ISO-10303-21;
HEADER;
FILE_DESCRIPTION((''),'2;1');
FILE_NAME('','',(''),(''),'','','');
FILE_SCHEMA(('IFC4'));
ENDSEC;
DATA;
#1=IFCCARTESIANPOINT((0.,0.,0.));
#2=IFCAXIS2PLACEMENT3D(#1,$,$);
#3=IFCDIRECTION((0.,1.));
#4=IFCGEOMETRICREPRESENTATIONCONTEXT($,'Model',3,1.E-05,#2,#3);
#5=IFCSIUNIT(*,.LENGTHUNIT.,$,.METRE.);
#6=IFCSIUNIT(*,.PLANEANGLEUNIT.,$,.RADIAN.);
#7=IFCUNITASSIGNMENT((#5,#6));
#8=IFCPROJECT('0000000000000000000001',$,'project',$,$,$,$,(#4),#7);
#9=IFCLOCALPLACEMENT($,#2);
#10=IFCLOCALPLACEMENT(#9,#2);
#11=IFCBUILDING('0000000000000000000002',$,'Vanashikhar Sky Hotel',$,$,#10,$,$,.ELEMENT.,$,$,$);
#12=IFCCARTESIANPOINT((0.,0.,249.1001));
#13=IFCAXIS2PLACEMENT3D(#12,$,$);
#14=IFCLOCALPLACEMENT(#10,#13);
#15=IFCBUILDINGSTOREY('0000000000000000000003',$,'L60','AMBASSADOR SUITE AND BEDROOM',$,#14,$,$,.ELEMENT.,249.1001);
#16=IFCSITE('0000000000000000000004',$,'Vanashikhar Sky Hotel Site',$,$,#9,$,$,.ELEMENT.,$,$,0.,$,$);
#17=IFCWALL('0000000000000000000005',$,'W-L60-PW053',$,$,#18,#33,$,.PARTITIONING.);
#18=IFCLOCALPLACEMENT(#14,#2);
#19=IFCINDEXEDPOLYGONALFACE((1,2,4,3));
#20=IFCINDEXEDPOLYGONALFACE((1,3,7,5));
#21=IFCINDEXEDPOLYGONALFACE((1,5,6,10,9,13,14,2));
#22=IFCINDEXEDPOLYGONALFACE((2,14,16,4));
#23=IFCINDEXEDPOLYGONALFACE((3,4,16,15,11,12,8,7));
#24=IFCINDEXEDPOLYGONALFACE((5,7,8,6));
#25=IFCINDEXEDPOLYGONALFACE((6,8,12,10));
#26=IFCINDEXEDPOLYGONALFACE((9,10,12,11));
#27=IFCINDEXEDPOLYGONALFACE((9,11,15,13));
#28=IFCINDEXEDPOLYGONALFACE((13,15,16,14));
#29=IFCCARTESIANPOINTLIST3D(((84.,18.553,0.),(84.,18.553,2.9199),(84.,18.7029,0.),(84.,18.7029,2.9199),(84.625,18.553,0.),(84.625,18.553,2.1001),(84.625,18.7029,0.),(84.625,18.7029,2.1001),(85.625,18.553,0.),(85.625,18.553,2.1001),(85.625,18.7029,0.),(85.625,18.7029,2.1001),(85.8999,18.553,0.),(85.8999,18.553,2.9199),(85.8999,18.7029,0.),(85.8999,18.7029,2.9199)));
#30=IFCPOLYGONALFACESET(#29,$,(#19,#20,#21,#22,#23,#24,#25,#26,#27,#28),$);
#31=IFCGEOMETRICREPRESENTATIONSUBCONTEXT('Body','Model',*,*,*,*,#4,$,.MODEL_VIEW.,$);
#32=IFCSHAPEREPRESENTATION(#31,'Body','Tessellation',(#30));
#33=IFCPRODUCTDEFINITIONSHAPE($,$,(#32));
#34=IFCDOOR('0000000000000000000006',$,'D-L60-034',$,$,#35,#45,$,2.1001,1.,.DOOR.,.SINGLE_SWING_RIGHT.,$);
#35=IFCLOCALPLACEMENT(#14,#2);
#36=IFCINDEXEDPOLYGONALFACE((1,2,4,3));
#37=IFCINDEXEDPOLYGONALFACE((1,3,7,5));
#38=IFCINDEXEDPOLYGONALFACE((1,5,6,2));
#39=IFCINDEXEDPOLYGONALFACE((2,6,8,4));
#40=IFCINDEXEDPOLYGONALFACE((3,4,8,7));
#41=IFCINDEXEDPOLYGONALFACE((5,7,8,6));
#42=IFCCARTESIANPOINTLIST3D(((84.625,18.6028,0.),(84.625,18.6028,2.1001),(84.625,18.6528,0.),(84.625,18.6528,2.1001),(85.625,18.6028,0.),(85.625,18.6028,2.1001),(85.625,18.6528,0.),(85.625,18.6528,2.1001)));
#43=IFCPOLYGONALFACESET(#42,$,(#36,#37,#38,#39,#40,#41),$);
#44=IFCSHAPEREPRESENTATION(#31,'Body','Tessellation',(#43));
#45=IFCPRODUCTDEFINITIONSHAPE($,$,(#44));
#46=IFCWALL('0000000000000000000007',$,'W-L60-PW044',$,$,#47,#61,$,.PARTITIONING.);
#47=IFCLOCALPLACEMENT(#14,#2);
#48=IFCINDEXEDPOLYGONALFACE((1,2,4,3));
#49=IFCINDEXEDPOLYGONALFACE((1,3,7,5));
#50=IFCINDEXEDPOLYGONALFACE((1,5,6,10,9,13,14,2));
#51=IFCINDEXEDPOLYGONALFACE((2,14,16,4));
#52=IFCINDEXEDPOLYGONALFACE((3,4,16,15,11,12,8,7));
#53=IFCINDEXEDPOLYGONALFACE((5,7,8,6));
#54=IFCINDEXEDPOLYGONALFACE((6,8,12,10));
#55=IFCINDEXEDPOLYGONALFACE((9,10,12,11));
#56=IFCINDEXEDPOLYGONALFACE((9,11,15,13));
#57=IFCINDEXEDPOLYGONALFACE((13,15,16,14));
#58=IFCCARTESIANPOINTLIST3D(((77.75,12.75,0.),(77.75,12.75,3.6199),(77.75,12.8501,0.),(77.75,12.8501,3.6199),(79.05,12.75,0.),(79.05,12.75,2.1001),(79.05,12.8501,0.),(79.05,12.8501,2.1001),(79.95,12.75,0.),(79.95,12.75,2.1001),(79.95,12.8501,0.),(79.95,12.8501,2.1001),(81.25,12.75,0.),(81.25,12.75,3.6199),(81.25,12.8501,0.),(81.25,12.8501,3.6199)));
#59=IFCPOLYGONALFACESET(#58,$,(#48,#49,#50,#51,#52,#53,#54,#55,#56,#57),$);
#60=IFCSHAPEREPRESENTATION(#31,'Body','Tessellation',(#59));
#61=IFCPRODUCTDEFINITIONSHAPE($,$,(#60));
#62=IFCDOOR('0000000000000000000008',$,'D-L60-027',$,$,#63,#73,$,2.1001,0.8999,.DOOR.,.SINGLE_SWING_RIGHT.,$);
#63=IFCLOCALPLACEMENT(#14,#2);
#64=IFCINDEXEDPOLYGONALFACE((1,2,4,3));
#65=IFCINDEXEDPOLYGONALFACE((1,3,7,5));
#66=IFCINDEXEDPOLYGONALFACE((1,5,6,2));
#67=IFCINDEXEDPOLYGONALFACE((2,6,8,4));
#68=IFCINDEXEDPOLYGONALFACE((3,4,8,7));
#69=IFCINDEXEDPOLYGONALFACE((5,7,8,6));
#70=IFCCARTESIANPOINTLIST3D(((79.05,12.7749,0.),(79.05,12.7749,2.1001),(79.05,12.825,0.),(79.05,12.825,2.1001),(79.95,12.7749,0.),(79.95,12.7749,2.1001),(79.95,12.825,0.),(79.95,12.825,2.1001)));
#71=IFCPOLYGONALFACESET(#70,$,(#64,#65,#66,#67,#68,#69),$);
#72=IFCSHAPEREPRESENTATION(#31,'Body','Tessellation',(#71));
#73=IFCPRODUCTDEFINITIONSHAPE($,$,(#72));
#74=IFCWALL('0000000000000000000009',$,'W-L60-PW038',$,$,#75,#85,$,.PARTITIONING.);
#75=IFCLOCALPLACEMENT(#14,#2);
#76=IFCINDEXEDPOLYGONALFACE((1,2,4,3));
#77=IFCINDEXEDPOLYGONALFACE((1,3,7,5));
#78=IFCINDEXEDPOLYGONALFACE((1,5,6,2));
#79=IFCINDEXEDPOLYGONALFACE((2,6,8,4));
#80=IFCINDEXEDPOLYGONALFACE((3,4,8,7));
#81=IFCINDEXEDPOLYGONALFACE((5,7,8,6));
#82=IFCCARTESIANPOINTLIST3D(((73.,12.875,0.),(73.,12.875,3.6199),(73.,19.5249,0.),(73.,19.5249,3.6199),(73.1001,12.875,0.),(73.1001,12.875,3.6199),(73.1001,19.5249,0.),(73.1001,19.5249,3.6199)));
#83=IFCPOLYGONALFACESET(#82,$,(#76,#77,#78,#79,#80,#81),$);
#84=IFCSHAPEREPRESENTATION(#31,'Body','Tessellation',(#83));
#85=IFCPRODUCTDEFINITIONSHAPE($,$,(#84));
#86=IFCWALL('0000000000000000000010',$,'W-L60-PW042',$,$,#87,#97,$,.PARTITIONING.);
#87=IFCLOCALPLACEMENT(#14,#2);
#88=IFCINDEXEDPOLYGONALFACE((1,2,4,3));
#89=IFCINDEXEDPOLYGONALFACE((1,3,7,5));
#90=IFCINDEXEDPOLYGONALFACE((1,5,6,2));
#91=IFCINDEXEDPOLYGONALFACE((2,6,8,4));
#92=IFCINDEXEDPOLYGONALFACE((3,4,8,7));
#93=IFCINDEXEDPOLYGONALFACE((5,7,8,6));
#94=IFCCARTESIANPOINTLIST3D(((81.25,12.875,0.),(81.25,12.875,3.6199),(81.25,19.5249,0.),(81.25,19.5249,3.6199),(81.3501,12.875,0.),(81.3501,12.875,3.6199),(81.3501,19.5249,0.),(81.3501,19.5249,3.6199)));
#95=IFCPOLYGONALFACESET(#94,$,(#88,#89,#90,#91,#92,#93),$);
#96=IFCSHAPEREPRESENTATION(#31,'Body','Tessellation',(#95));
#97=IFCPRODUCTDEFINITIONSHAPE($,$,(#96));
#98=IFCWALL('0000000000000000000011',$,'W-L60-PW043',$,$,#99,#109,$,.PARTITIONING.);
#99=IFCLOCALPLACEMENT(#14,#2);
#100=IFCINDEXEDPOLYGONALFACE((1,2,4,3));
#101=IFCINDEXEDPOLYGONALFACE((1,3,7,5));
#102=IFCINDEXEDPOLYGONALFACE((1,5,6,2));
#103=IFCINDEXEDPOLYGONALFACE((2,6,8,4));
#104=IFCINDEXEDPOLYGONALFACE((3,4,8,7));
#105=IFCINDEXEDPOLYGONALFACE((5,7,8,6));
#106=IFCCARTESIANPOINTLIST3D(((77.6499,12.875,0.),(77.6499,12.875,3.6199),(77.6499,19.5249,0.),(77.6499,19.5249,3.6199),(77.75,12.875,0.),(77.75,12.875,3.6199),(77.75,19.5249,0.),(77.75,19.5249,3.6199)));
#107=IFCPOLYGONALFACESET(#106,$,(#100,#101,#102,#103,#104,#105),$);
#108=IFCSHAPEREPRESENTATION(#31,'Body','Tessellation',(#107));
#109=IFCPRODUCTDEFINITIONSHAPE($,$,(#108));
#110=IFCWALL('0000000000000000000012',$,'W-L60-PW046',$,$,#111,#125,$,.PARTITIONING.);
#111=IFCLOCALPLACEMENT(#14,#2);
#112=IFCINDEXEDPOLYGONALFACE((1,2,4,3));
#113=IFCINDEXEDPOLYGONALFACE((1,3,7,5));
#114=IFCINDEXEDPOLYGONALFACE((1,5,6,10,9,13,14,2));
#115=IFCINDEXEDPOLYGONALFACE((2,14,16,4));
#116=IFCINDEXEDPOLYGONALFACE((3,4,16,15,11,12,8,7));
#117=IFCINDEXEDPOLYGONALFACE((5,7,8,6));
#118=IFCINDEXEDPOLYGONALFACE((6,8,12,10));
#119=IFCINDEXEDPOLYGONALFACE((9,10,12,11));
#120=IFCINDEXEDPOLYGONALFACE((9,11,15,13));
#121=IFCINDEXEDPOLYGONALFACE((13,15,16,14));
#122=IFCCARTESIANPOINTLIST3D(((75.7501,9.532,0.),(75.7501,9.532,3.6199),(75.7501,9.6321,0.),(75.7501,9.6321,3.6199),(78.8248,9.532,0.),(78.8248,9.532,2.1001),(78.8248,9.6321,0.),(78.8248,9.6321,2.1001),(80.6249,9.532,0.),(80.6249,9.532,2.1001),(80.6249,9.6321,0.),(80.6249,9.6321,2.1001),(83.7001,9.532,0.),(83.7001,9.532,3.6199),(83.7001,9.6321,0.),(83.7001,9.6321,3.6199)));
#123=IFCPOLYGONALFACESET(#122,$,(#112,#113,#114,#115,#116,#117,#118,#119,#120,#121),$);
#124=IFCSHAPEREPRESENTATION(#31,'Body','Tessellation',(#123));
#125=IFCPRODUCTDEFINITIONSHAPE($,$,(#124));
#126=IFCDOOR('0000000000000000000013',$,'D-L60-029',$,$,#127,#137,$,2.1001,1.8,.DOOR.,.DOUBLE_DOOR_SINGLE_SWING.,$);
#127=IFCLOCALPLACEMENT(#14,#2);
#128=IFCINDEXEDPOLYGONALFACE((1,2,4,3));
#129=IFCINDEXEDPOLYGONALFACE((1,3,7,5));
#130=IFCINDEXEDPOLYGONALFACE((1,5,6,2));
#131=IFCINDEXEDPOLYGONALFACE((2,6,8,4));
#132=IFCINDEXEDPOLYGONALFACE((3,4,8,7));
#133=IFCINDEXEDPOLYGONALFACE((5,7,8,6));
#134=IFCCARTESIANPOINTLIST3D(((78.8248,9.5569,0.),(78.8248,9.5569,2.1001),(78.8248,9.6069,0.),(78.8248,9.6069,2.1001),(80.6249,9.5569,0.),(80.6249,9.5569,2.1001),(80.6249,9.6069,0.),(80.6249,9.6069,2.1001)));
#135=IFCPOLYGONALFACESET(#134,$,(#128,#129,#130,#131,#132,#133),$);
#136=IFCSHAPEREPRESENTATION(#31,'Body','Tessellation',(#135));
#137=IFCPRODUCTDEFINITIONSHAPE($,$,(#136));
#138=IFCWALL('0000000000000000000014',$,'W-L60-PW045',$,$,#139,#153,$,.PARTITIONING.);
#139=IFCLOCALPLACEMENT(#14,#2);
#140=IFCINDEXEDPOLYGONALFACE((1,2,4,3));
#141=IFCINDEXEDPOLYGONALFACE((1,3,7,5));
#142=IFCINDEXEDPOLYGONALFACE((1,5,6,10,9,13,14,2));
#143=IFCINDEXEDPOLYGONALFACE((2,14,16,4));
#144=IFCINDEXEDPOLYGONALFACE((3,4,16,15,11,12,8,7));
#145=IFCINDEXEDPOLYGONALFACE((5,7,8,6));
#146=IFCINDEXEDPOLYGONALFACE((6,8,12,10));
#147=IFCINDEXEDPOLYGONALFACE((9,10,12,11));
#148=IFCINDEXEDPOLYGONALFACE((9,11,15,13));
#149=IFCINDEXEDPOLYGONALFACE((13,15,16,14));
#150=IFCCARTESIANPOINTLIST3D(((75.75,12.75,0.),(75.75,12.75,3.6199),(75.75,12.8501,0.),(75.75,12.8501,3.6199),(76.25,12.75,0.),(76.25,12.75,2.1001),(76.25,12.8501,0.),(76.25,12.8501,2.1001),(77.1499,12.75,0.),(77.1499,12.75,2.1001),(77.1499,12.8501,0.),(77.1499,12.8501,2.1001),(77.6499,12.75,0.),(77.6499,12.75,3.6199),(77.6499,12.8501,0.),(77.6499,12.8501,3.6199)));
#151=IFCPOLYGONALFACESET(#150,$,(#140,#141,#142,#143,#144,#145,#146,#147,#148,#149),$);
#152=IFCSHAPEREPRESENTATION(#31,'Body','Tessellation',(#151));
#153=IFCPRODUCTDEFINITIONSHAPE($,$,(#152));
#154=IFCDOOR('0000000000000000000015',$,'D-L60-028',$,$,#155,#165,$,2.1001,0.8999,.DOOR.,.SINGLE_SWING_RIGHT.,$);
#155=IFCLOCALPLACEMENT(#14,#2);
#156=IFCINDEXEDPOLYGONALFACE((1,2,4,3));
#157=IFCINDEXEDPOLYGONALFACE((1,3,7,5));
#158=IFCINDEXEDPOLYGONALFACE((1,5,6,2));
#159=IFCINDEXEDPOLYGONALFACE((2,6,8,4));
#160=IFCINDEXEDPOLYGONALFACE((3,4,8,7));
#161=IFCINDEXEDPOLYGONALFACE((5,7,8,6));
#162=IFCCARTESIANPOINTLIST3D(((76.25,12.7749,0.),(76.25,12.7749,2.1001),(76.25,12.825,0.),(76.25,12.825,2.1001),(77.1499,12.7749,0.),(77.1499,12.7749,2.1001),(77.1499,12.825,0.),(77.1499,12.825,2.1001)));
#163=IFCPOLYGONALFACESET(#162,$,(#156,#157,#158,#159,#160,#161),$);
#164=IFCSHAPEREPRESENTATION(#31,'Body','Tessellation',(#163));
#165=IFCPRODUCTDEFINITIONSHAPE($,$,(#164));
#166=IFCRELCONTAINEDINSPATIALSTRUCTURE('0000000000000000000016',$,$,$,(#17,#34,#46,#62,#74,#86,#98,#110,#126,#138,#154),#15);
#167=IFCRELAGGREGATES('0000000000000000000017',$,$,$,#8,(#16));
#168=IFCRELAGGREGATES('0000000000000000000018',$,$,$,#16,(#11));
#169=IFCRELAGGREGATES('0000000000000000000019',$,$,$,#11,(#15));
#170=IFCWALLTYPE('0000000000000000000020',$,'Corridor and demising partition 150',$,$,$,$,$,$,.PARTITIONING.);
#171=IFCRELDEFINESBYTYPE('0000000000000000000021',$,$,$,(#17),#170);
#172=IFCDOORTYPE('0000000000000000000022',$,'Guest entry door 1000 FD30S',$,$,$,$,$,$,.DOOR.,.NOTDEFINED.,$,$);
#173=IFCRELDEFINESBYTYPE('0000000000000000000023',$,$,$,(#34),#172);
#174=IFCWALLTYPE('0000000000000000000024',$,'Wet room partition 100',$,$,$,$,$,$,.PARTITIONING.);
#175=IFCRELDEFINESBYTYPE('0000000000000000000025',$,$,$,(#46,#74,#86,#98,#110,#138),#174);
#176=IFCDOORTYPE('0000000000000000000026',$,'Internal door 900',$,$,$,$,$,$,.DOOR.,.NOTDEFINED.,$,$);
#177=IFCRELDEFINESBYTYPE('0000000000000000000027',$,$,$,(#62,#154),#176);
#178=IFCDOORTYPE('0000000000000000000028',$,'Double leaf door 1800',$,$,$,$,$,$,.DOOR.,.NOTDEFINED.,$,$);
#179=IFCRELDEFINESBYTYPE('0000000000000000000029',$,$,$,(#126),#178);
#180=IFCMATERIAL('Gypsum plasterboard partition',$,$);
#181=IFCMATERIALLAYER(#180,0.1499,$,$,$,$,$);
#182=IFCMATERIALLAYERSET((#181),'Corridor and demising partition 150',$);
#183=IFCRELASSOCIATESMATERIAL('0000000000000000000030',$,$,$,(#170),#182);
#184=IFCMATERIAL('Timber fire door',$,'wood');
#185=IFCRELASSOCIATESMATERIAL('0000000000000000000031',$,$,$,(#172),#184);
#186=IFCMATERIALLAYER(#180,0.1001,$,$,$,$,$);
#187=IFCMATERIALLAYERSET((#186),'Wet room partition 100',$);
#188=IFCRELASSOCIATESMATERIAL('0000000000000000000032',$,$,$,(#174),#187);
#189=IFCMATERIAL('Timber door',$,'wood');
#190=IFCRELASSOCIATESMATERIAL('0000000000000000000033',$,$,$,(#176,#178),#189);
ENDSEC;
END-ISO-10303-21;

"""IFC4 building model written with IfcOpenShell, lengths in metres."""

from ifc_helpers import new_model, si_unit, direction, frame, frame_2d, origin, place, context, subcontext, project, spatial, rectangle, extrude, source, transform, mapped, material, layer, layer_set, type_object, element, fill, save


model = new_model("IFC4")

# Units and contexts
model_context = context("Model", 3, precision=1e-05, world=origin(), true_north=direction((0.0, 1.0)))
body_context = subcontext(model_context, "Body", "Model", "MODEL_VIEW")
ifc_project = project(units=[si_unit("LENGTHUNIT", "METRE"), si_unit("PLANEANGLEUNIT", "RADIAN")], contexts=[model_context])

# Site, building, storey
site_placement = place(None, origin())
site = spatial("IfcSite", under=ifc_project, at=site_placement, Name="Vanashikhar Sky Hotel Site", CompositionType="ELEMENT", RefElevation=0.0)
building_placement = place(site_placement, origin())
building = spatial("IfcBuilding", under=site, at=building_placement, Name="Vanashikhar Sky Hotel", CompositionType="ELEMENT")
storey_placement = place(building_placement, frame((0.0, 0.0, 249.1001)))
storey = spatial("IfcBuildingStorey", under=building, at=storey_placement, Name="L60", Description="AMBASSADOR SUITE AND BEDROOM", CompositionType="ELEMENT", Elevation=249.1001)

# Walls, openings, doors
ifc_material_1 = material(Name="Gypsum plasterboard partition")
ifc_layer_1 = layer(ifc_material_1, 0.1499)
ifc_layer_set_1 = layer_set([ifc_layer_1], Name="Corridor and demising partition 150")
wall_type_1 = type_object("IfcWallType", Name="Corridor and demising partition 150", PredefinedType="PARTITIONING", material=ifc_layer_set_1)
shared_shape_1 = source(origin(), body_context, "Body", "SweptSolid", [
    extrude(rectangle(XDim=1.8999, YDim=0.1499, at=frame_2d((0.95, 0.0))), origin(), (0.0, 0.0, 1.0), 2.9199),
])
wall_1_placement = place(storey_placement, frame((84.0, 18.6279, 0.0), z_axis=(0.0, 0.0, 1.0), x_axis=(1.0, 0.0, 0.0)))
wall_1 = element("IfcWall", 1, at=wall_1_placement, inside=storey, type_object=wall_type_1, Name="W-L60-PW053", PredefinedType="PARTITIONING", context=body_context, shape_type="MappedRepresentation", body=[
    mapped(shared_shape_1, transform((0.0, 0.0, 0.0), scale=1.0)),
])
shared_shape_2 = source(origin(), body_context, "Body", "SweptSolid", [
    extrude(rectangle(XDim=1.0, YDim=2.1001, at=frame_2d((0.5, 1.05))), frame((0.0, 0.085, 0.0), z_axis=(0.0, -1.0, 0.0), x_axis=(1.0, 0.0, 0.0)), (0.0, 0.0, 1.0), 0.1699),
])
opening_1_placement = place(wall_1_placement, frame((0.625, 0.0, 0.0)))
opening_1 = element("IfcOpeningElement", 2, at=opening_1_placement, cuts=wall_1, PredefinedType="OPENING", context=body_context, shape_type="MappedRepresentation", body=[
    mapped(shared_shape_2, transform((0.0, 0.0, 0.0), scale=1.0)),
])
ifc_material_2 = material(Name="Timber fire door", Category="wood")
door_type_1 = type_object("IfcDoorType", Name="Guest entry door 1000 FD30S", OperationType="NOTDEFINED", PredefinedType="DOOR", material=ifc_material_2)
shared_shape_3 = source(origin(), body_context, "Body", "SweptSolid", [
    extrude(rectangle(XDim=1.0, YDim=2.1001, at=frame_2d((0.5, 1.05))), frame((0.0, 0.0249, 0.0), z_axis=(0.0, -1.0, 0.0), x_axis=(1.0, 0.0, 0.0)), (0.0, 0.0, 1.0), 0.05),
])
door_1_placement = place(opening_1_placement, origin())
door_1 = element("IfcDoor", 3, at=door_1_placement, inside=storey, type_object=door_type_1, Name="D-L60-034", OperationType="SINGLE_SWING_RIGHT", OverallHeight=2.1001, OverallWidth=1.0, PredefinedType="DOOR", context=body_context, shape_type="MappedRepresentation", body=[
    mapped(shared_shape_3, transform((0.0, 0.0, 0.0), scale=1.0)),
])
fill(opening_1, door_1)
ifc_layer_2 = layer(ifc_material_1, 0.1001)
ifc_layer_set_2 = layer_set([ifc_layer_2], Name="Wet room partition 100")
wall_type_2 = type_object("IfcWallType", Name="Wet room partition 100", PredefinedType="PARTITIONING", material=ifc_layer_set_2)
shared_shape_4 = source(origin(), body_context, "Body", "SweptSolid", [
    extrude(rectangle(XDim=3.5, YDim=0.1001, at=frame_2d((1.75, 0.0))), origin(), (0.0, 0.0, 1.0), 3.6199),
])
wall_2_placement = place(storey_placement, frame((77.75, 12.8, 0.0), z_axis=(0.0, 0.0, 1.0), x_axis=(1.0, 0.0, 0.0)))
wall_2 = element("IfcWall", 4, at=wall_2_placement, inside=storey, type_object=wall_type_2, Name="W-L60-PW044", PredefinedType="PARTITIONING", context=body_context, shape_type="MappedRepresentation", body=[
    mapped(shared_shape_4, transform((0.0, 0.0, 0.0), scale=1.0)),
])
shared_shape_5 = source(origin(), body_context, "Body", "SweptSolid", [
    extrude(rectangle(XDim=0.8999, YDim=2.1001, at=frame_2d((0.45, 1.05))), frame((0.0, 0.0601, 0.0), z_axis=(0.0, -1.0, 0.0), x_axis=(1.0, 0.0, 0.0)), (0.0, 0.0, 1.0), 0.1201),
])
opening_2_placement = place(wall_2_placement, frame((1.3, 0.0, 0.0)))
opening_2 = element("IfcOpeningElement", 5, at=opening_2_placement, cuts=wall_2, PredefinedType="OPENING", context=body_context, shape_type="MappedRepresentation", body=[
    mapped(shared_shape_5, transform((0.0, 0.0, 0.0), scale=1.0)),
])
ifc_material_3 = material(Name="Timber door", Category="wood")
door_type_2 = type_object("IfcDoorType", Name="Internal door 900", OperationType="NOTDEFINED", PredefinedType="DOOR", material=ifc_material_3)
shared_shape_6 = source(origin(), body_context, "Body", "SweptSolid", [
    extrude(rectangle(XDim=0.8999, YDim=2.1001, at=frame_2d((0.45, 1.05))), frame((0.0, 0.0249, 0.0), z_axis=(0.0, -1.0, 0.0), x_axis=(1.0, 0.0, 0.0)), (0.0, 0.0, 1.0), 0.05),
])
door_2_placement = place(opening_2_placement, origin())
door_2 = element("IfcDoor", 6, at=door_2_placement, inside=storey, type_object=door_type_2, Name="D-L60-027", OperationType="SINGLE_SWING_RIGHT", OverallHeight=2.1001, OverallWidth=0.8999, PredefinedType="DOOR", context=body_context, shape_type="MappedRepresentation", body=[
    mapped(shared_shape_6, transform((0.0, 0.0, 0.0), scale=1.0)),
])
fill(opening_2, door_2)

# Walls
shared_shape_7 = source(origin(), body_context, "Body", "SweptSolid", [
    extrude(rectangle(XDim=6.6499, YDim=0.1001, at=frame_2d((3.325, 0.0))), origin(), (0.0, 0.0, 1.0), 3.6199),
])
for number, where, z_axis, x_axis, name in (
    (7, (73.05, 12.875, 0.0), (0.0, 0.0, 1.0), (0.0, 1.0, 0.0), "W-L60-PW038"),
    (8, (81.3, 12.875, 0.0), (0.0, 0.0, 1.0), (0.0, 1.0, 0.0), "W-L60-PW042"),
    (9, (77.7, 12.875, 0.0), (0.0, 0.0, 1.0), (0.0, 1.0, 0.0), "W-L60-PW043"),
):
    element("IfcWall", number, at=place(storey_placement, frame(where, z_axis=z_axis, x_axis=x_axis)), inside=storey, type_object=wall_type_2, Name=name, PredefinedType="PARTITIONING", context=body_context, shape_type="MappedRepresentation", body=[
        mapped(shared_shape_7, transform((0.0, 0.0, 0.0), scale=1.0)),
    ])

# Walls, openings, doors
shared_shape_8 = source(origin(), body_context, "Body", "SweptSolid", [
    extrude(rectangle(XDim=7.95, YDim=0.1001, at=frame_2d((3.9751, 0.0))), origin(), (0.0, 0.0, 1.0), 3.6199),
])
wall_3_placement = place(storey_placement, frame((75.75, 9.582, 0.0), z_axis=(0.0, 0.0, 1.0), x_axis=(1.0, 0.0, 0.0)))
wall_3 = element("IfcWall", 10, at=wall_3_placement, inside=storey, type_object=wall_type_2, Name="W-L60-PW046", PredefinedType="PARTITIONING", context=body_context, shape_type="MappedRepresentation", body=[
    mapped(shared_shape_8, transform((0.0, 0.0, 0.0), scale=1.0)),
])
shared_shape_9 = source(origin(), body_context, "Body", "SweptSolid", [
    extrude(rectangle(XDim=1.8, YDim=2.1001, at=frame_2d((0.8999, 1.05))), frame((0.0, 0.0601, 0.0), z_axis=(0.0, -1.0, 0.0), x_axis=(1.0, 0.0, 0.0)), (0.0, 0.0, 1.0), 0.1201),
])
opening_3_placement = place(wall_3_placement, frame((3.075, 0.0, 0.0)))
opening_3 = element("IfcOpeningElement", 11, at=opening_3_placement, cuts=wall_3, PredefinedType="OPENING", context=body_context, shape_type="MappedRepresentation", body=[
    mapped(shared_shape_9, transform((0.0, 0.0, 0.0), scale=1.0)),
])
door_type_3 = type_object("IfcDoorType", Name="Double leaf door 1800", OperationType="NOTDEFINED", PredefinedType="DOOR", material=ifc_material_3)
shared_shape_10 = source(origin(), body_context, "Body", "SweptSolid", [
    extrude(rectangle(XDim=1.8, YDim=2.1001, at=frame_2d((0.8999, 1.05))), frame((0.0, 0.0249, 0.0), z_axis=(0.0, -1.0, 0.0), x_axis=(1.0, 0.0, 0.0)), (0.0, 0.0, 1.0), 0.05),
])
door_3_placement = place(opening_3_placement, origin())
door_3 = element("IfcDoor", 12, at=door_3_placement, inside=storey, type_object=door_type_3, Name="D-L60-029", OperationType="DOUBLE_DOOR_SINGLE_SWING", OverallHeight=2.1001, OverallWidth=1.8, PredefinedType="DOOR", context=body_context, shape_type="MappedRepresentation", body=[
    mapped(shared_shape_10, transform((0.0, 0.0, 0.0), scale=1.0)),
])
fill(opening_3, door_3)
shared_shape_11 = source(origin(), body_context, "Body", "SweptSolid", [
    extrude(rectangle(XDim=1.8999, YDim=0.1001, at=frame_2d((0.95, 0.0))), origin(), (0.0, 0.0, 1.0), 3.6199),
])
wall_4_placement = place(storey_placement, frame((75.75, 12.8, 0.0), z_axis=(0.0, 0.0, 1.0), x_axis=(1.0, 0.0, 0.0)))
wall_4 = element("IfcWall", 13, at=wall_4_placement, inside=storey, type_object=wall_type_2, Name="W-L60-PW045", PredefinedType="PARTITIONING", context=body_context, shape_type="MappedRepresentation", body=[
    mapped(shared_shape_11, transform((0.0, 0.0, 0.0), scale=1.0)),
])
opening_4_placement = place(wall_4_placement, frame((0.5, 0.0, 0.0)))
opening_4 = element("IfcOpeningElement", 14, at=opening_4_placement, cuts=wall_4, PredefinedType="OPENING", context=body_context, shape_type="MappedRepresentation", body=[
    mapped(shared_shape_5, transform((0.0, 0.0, 0.0), scale=1.0)),
])
door_4_placement = place(opening_4_placement, origin())
door_4 = element("IfcDoor", 15, at=door_4_placement, inside=storey, type_object=door_type_2, Name="D-L60-028", OperationType="SINGLE_SWING_RIGHT", OverallHeight=2.1001, OverallWidth=0.8999, PredefinedType="DOOR", context=body_context, shape_type="MappedRepresentation", body=[
    mapped(shared_shape_6, transform((0.0, 0.0, 0.0), scale=1.0)),
])
fill(opening_4, door_4)

save(model, "model.ifc")
